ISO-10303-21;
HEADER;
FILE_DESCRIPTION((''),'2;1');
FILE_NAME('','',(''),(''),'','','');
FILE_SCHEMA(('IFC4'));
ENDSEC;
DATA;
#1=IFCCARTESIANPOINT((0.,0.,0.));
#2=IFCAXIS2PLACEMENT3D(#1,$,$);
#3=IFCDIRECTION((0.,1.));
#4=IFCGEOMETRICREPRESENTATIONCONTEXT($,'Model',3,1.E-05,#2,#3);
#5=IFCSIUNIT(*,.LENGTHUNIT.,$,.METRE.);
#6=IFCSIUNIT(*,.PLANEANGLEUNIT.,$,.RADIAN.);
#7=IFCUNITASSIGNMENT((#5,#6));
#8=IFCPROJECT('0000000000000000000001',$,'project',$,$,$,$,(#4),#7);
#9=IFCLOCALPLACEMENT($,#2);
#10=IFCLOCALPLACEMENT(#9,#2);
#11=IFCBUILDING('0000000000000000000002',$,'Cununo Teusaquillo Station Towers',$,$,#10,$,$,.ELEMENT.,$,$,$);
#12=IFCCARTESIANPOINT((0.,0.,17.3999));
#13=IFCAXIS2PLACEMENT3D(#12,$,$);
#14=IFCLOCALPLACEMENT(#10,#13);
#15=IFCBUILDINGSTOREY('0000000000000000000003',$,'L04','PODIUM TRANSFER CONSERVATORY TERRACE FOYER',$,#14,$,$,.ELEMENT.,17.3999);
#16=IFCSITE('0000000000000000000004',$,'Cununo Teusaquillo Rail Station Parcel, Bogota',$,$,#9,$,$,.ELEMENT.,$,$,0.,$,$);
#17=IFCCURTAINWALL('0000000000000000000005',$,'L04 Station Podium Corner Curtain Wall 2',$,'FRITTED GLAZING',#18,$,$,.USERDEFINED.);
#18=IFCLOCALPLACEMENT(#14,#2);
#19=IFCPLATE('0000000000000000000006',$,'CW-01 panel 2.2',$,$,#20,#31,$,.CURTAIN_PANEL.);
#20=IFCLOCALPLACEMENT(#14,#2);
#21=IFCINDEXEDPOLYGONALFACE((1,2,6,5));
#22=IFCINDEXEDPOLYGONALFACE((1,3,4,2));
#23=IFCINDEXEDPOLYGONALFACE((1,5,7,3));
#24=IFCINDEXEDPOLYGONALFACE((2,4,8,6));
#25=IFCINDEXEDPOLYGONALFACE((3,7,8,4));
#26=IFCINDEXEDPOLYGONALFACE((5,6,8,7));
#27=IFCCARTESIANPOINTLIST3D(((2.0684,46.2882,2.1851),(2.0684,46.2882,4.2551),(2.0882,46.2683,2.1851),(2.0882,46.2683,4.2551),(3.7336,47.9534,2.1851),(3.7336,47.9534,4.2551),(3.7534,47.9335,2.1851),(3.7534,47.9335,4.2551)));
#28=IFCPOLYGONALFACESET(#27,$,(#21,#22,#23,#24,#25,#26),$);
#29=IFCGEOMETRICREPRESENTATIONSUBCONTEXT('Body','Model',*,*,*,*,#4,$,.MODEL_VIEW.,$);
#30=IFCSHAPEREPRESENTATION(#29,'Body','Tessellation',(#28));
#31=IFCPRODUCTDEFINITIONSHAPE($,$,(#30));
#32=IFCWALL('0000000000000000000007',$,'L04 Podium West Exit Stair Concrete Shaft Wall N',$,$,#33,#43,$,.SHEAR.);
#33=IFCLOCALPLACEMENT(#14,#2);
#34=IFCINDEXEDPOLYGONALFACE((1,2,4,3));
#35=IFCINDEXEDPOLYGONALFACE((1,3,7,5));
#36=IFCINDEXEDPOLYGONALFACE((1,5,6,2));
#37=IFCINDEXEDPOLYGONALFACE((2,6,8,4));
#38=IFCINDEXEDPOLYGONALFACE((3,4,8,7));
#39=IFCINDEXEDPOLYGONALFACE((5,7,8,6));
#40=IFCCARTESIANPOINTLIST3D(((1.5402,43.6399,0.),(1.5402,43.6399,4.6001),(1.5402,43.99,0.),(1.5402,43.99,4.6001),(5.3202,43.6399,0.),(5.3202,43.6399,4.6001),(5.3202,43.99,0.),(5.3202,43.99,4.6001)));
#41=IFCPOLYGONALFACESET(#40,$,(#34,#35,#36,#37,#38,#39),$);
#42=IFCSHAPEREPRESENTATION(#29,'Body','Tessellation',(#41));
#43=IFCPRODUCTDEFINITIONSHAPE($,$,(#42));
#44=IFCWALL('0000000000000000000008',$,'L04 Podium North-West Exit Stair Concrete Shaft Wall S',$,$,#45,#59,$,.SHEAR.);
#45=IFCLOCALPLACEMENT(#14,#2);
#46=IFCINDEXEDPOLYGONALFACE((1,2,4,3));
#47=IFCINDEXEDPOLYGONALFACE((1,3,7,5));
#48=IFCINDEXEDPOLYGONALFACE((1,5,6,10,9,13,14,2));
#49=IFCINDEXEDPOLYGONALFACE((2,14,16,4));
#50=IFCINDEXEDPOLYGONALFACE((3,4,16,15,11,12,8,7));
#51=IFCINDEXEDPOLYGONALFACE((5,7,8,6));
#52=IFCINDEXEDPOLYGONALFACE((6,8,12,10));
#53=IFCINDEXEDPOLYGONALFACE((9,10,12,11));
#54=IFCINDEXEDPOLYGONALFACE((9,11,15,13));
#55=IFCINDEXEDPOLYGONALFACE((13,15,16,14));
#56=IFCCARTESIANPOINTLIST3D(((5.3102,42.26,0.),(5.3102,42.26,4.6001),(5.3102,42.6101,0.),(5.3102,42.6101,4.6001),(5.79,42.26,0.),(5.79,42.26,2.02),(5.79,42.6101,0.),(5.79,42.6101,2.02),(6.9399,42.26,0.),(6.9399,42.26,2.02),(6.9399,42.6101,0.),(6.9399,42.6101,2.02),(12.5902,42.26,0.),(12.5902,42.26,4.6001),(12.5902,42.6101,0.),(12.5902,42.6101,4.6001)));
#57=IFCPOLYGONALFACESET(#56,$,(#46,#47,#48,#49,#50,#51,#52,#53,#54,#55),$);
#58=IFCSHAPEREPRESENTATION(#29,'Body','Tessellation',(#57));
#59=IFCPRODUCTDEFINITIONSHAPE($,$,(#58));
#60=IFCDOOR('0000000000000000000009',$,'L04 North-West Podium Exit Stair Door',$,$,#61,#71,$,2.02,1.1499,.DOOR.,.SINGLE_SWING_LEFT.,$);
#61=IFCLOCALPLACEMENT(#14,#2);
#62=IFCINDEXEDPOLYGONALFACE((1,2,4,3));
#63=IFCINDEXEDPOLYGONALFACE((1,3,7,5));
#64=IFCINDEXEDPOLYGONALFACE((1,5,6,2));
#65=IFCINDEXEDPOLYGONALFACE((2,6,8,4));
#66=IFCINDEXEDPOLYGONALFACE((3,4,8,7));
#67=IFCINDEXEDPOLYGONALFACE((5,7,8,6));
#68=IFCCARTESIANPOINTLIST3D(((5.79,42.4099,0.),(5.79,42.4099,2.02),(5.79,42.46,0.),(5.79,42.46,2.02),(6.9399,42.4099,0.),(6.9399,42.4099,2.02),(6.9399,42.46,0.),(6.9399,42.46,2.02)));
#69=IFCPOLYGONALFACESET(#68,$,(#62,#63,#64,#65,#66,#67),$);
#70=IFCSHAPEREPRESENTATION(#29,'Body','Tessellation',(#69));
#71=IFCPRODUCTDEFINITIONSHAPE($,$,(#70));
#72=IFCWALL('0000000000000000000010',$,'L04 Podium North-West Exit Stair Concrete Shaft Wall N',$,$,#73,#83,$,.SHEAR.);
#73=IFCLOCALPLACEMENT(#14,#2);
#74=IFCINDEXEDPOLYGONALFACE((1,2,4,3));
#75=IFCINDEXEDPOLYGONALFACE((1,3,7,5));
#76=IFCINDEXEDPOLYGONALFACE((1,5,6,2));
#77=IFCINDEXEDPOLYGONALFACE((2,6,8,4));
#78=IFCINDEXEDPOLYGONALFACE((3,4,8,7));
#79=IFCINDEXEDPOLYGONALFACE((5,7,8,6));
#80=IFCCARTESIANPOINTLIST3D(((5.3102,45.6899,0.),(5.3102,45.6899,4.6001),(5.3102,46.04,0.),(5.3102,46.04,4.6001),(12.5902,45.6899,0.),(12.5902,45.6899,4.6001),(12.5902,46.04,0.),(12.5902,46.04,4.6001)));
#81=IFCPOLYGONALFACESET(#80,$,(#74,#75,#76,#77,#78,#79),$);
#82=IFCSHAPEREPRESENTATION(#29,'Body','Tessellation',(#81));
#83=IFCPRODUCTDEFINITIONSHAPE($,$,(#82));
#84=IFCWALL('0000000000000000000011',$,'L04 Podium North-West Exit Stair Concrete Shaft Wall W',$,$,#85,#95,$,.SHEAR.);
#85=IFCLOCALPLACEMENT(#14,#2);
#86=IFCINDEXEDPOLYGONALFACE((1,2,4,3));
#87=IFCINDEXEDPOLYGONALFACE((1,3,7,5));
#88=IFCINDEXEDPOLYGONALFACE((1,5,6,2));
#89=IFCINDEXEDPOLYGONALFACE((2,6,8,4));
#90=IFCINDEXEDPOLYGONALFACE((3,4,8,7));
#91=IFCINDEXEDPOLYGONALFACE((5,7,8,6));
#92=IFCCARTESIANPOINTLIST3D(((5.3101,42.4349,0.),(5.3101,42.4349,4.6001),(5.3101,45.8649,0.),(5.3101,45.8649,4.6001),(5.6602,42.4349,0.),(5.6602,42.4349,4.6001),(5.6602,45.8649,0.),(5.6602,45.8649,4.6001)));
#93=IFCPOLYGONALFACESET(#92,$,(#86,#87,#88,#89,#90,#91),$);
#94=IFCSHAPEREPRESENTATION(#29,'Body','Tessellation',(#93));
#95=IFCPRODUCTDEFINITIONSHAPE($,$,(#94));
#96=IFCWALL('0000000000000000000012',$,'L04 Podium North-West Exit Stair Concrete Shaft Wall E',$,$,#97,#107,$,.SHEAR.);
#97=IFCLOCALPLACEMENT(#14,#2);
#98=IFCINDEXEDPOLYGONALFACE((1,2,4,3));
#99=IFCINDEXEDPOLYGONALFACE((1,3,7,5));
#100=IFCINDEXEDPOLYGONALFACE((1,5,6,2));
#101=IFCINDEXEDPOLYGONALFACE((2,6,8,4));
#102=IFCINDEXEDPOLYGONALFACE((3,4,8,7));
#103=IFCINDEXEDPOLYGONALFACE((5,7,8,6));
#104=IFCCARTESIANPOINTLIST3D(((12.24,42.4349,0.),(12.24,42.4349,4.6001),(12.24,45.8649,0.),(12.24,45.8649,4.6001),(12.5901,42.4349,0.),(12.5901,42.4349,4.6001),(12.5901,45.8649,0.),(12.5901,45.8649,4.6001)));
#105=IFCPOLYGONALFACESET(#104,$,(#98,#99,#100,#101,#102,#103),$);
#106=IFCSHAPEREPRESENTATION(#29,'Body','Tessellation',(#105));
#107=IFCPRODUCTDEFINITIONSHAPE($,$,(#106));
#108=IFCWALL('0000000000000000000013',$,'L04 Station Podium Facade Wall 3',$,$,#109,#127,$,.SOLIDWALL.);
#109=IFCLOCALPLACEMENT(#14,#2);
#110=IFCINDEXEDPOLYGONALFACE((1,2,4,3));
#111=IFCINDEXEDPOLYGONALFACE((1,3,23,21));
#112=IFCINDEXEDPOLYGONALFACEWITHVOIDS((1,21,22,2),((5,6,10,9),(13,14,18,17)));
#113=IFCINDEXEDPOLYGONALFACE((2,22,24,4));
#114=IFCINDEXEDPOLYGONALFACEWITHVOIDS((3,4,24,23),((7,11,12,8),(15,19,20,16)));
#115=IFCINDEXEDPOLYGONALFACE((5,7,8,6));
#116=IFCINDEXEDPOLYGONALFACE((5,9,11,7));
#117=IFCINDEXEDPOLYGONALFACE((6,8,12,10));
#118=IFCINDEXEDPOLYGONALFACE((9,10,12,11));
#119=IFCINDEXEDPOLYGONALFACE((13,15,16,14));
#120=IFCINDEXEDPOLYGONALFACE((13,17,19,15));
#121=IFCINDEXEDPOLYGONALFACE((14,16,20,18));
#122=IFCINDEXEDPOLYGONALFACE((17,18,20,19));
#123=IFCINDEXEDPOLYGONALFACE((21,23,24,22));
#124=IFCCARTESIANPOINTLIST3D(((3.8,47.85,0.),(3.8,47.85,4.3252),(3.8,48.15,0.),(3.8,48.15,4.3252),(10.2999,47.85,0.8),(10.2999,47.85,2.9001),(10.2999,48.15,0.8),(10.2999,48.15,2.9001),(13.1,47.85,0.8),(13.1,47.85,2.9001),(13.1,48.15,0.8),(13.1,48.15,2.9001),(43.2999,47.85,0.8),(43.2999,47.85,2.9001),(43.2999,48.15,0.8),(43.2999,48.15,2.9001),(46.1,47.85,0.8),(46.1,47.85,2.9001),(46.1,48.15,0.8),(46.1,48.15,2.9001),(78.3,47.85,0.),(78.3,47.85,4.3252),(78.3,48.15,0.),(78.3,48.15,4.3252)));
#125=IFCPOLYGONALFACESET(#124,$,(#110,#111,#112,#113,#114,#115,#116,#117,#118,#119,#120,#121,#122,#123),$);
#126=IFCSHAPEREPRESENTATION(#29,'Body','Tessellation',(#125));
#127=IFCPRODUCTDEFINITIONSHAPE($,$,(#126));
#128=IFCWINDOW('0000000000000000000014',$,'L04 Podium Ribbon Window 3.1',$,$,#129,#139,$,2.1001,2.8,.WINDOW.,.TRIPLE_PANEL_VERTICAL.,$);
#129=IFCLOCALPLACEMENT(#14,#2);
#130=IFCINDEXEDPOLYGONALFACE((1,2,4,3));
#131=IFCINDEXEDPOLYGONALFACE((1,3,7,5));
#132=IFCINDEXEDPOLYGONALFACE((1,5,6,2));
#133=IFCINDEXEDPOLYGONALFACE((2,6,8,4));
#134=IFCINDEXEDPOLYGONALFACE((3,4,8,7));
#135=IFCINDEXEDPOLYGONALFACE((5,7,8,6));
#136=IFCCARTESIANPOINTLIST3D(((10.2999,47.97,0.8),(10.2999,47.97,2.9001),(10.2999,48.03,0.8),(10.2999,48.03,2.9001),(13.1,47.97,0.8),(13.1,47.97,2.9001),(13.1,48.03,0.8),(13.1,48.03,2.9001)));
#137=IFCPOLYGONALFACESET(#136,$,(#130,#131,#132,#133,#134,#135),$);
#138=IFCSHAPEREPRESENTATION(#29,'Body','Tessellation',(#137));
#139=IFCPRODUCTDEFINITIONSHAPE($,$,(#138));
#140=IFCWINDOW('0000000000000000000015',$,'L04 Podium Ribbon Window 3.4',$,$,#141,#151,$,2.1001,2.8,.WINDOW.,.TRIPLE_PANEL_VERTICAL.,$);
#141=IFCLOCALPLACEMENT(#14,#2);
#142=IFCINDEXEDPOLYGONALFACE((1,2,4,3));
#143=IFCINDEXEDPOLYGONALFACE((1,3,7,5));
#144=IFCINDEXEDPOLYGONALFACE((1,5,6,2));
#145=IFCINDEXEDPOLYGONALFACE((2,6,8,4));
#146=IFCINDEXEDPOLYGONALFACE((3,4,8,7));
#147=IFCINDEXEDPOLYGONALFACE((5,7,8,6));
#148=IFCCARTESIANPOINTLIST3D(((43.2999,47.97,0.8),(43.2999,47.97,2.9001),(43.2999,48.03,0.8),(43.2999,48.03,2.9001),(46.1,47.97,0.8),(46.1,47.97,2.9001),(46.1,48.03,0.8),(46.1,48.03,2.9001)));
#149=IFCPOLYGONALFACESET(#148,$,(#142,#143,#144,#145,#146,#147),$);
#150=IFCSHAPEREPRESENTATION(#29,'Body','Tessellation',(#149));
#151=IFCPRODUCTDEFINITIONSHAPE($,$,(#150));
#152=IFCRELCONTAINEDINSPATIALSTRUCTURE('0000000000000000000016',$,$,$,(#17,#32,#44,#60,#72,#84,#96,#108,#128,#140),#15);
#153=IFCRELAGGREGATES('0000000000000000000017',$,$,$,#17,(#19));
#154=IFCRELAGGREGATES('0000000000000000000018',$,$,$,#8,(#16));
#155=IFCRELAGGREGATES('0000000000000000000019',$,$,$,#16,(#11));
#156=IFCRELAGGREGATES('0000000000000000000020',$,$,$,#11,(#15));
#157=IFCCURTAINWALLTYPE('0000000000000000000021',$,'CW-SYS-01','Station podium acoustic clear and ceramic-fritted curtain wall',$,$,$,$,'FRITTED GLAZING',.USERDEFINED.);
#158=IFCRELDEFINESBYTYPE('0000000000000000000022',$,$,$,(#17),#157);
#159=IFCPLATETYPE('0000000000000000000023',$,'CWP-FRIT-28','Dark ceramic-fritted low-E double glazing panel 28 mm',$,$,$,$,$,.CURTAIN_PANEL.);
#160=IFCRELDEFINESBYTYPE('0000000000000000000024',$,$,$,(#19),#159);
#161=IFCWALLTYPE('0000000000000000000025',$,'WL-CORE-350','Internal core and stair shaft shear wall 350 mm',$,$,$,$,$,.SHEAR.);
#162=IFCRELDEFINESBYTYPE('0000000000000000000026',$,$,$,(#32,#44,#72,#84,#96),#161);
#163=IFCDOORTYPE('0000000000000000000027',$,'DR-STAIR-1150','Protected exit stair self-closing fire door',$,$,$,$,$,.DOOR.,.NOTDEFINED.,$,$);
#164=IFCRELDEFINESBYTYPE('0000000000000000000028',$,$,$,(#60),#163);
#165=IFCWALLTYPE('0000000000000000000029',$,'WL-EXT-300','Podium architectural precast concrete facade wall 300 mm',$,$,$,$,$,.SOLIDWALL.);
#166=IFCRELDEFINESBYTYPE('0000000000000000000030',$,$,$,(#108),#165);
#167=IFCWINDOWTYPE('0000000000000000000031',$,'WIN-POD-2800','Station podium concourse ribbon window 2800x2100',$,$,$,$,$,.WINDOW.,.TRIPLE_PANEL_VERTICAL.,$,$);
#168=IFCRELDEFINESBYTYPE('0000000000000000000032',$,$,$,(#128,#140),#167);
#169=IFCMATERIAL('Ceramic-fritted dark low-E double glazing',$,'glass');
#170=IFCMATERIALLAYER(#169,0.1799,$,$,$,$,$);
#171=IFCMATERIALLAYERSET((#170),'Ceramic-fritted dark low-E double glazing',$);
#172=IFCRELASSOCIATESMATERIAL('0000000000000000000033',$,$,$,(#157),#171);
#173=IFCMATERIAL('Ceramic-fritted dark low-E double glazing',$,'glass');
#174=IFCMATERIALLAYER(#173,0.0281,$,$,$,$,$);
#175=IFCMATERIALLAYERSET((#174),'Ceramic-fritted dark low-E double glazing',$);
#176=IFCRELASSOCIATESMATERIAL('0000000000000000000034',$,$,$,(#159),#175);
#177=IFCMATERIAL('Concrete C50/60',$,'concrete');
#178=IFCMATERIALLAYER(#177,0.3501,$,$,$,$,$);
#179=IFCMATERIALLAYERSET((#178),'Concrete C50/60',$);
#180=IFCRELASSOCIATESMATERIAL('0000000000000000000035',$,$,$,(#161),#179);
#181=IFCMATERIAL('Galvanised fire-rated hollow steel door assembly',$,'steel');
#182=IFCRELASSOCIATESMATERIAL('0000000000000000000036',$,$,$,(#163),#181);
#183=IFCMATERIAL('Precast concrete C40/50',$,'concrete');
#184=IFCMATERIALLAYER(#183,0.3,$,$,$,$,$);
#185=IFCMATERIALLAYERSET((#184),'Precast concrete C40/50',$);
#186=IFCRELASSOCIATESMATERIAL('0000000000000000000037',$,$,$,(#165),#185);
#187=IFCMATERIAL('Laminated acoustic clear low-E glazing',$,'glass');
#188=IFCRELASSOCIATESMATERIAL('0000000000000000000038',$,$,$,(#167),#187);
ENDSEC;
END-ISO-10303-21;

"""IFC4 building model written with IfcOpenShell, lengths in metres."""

from ifc_helpers import new_model, si_unit, direction, frame, frame_2d, origin, origin_2d, place, context, subcontext, project, spatial, rectangle, extrude, source, transform, mapped, material, layer, layer_set, type_object, element, fill, aggregate, save


model = new_model("IFC4")

# Units and contexts
model_context = context("Model", 3, precision=1e-05, world=origin(), true_north=direction((0.0, 1.0)))
body_context = subcontext(model_context, "Body", "Model", "MODEL_VIEW")
ifc_project = project(units=[si_unit("LENGTHUNIT", "METRE"), si_unit("PLANEANGLEUNIT", "RADIAN")], contexts=[model_context])

# Site, building, storey
site_placement = place(None, origin())
site = spatial("IfcSite", under=ifc_project, at=site_placement, Name="Cununo Teusaquillo Rail Station Parcel, Bogota", CompositionType="ELEMENT", RefElevation=0.0)
building_placement = place(site_placement, origin())
building = spatial("IfcBuilding", under=site, at=building_placement, Name="Cununo Teusaquillo Station Towers", CompositionType="ELEMENT")
storey_placement = place(building_placement, frame((0.0, 0.0, 17.3999)))
storey = spatial("IfcBuildingStorey", under=building, at=storey_placement, Name="L04", Description="PODIUM TRANSFER CONSERVATORY TERRACE FOYER", CompositionType="ELEMENT", Elevation=17.3999)

# Curtain wall
ifc_material_1 = material(Name="Ceramic-fritted dark low-E double glazing", Category="glass")
ifc_layer_1 = layer(ifc_material_1, 0.1799)
ifc_layer_set_1 = layer_set([ifc_layer_1], Name="Ceramic-fritted dark low-E double glazing")
curtain_wall_type = type_object("IfcCurtainWallType", Name="CW-SYS-01", Description="Station podium acoustic clear and ceramic-fritted curtain wall", ElementType="FRITTED GLAZING", PredefinedType="USERDEFINED", material=ifc_layer_set_1)
curtain_wall_placement = place(storey_placement, origin())
curtain_wall = element("IfcCurtainWall", 1, at=curtain_wall_placement, inside=storey, type_object=curtain_wall_type, Name="L04 Station Podium Corner Curtain Wall 2", ObjectType="FRITTED GLAZING", PredefinedType="USERDEFINED")

# Plate
ifc_material_2 = material(Name="Ceramic-fritted dark low-E double glazing", Category="glass")
ifc_layer_2 = layer(ifc_material_2, 0.0281)
ifc_layer_set_2 = layer_set([ifc_layer_2], Name="Ceramic-fritted dark low-E double glazing")
plate_type_1 = type_object("IfcPlateType", Name="CWP-FRIT-28", Description="Dark ceramic-fritted low-E double glazing panel 28 mm", PredefinedType="CURTAIN_PANEL", material=ifc_layer_set_2)
shared_shape_1 = source(origin(), body_context, "Body", "SweptSolid", [
    extrude(rectangle(XDim=2.355, YDim=0.0281, at=origin_2d()), origin(), (0.0, 0.0, 1.0), 2.0701),
])
plate_1_placement = place(storey_placement, frame((2.9109, 47.1108, 2.1851), z_axis=(0.0, 0.0, 1.0), x_axis=(0.707107, 0.707107, 0.0)))
plate_1 = element("IfcPlate", 2, at=plate_1_placement, type_object=plate_type_1, Name="CW-01 panel 2.2", PredefinedType="CURTAIN_PANEL", context=body_context, shape_type="MappedRepresentation", body=[
    mapped(shared_shape_1, transform((0.0, 0.0, 0.0), x_axis=(1.0, 0.0, 0.0), y_axis=(0.0, 1.0, 0.0), z_axis=(0.0, 0.0, 1.0), scale=1.0)),
])
aggregate(curtain_wall, [plate_1])

# Wall
ifc_material_3 = material(Name="Concrete C50/60", Category="concrete")
ifc_layer_3 = layer(ifc_material_3, 0.3501)
ifc_layer_set_3 = layer_set([ifc_layer_3], Name="Concrete C50/60")
wall_type_1 = type_object("IfcWallType", Name="WL-CORE-350", Description="Internal core and stair shaft shear wall 350 mm", PredefinedType="SHEAR", material=ifc_layer_set_3)
wall_1_placement = place(storey_placement, frame((1.54, 43.8149, 0.0), z_axis=(0.0, 0.0, 1.0), x_axis=(1.0, 0.0, 0.0)))
element("IfcWall", 3, at=wall_1_placement, inside=storey, type_object=wall_type_1, Name="L04 Podium West Exit Stair Concrete Shaft Wall N", PredefinedType="SHEAR", context=body_context, shape_type="SweptSolid", body=[
    extrude(rectangle(XDim=3.78, YDim=0.3501, at=frame_2d((1.8901, 0.0))), origin(), (0.0, 0.0, 1.0), 4.6001),
])

# Wall, opening, door
wall_2_placement = place(storey_placement, frame((5.3101, 42.4351, 0.0), z_axis=(0.0, 0.0, 1.0), x_axis=(1.0, 0.0, 0.0)))
wall_2 = element("IfcWall", 4, at=wall_2_placement, inside=storey, type_object=wall_type_1, Name="L04 Podium North-West Exit Stair Concrete Shaft Wall S", PredefinedType="SHEAR", context=body_context, shape_type="SweptSolid", body=[
    extrude(rectangle(XDim=7.28, YDim=0.3501, at=frame_2d((3.6401, 0.0))), origin(), (0.0, 0.0, 1.0), 4.6001),
])
shared_shape_2 = source(origin(), body_context, "Body", "SweptSolid", [
    extrude(rectangle(XDim=1.1499, YDim=2.02, at=frame_2d((0.575, 1.01))), frame((0.0, 0.1851, 0.0), z_axis=(0.0, -1.0, 0.0), x_axis=(1.0, 0.0, 0.0)), (0.0, 0.0, 1.0), 0.3701),
])
opening_1_placement = place(wall_2_placement, frame((0.48, 0.0, 0.0)))
opening_1 = element("IfcOpeningElement", 5, at=opening_1_placement, cuts=wall_2, PredefinedType="OPENING", context=body_context, shape_type="MappedRepresentation", body=[
    mapped(shared_shape_2, transform((0.0, 0.0, 0.0), x_axis=(1.0, 0.0, 0.0), y_axis=(0.0, 1.0, 0.0), z_axis=(0.0, 0.0, 1.0), scale=1.0)),
])
ifc_material_4 = material(Name="Galvanised fire-rated hollow steel door assembly", Category="steel")
door_type = type_object("IfcDoorType", Name="DR-STAIR-1150", Description="Protected exit stair self-closing fire door", OperationType="NOTDEFINED", PredefinedType="DOOR", material=ifc_material_4)
shared_shape_3 = source(origin(), body_context, "Body", "SweptSolid", [
    extrude(rectangle(XDim=1.1499, YDim=2.02, at=frame_2d((0.575, 1.01))), frame((0.0, 0.0249, 0.0), z_axis=(0.0, -1.0, 0.0), x_axis=(1.0, 0.0, 0.0)), (0.0, 0.0, 1.0), 0.05),
])
door_placement = place(opening_1_placement, origin())
door = element("IfcDoor", 6, at=door_placement, inside=storey, type_object=door_type, Name="L04 North-West Podium Exit Stair Door", OperationType="SINGLE_SWING_LEFT", OverallHeight=2.02, OverallWidth=1.1499, PredefinedType="DOOR", context=body_context, shape_type="MappedRepresentation", body=[
    mapped(shared_shape_3, transform((0.0, 0.0, 0.0), x_axis=(1.0, 0.0, 0.0), y_axis=(0.0, 1.0, 0.0), z_axis=(0.0, 0.0, 1.0), scale=1.0)),
])
fill(opening_1, door)

# Walls
wall_3_placement = place(storey_placement, frame((5.3101, 45.865, 0.0), z_axis=(0.0, 0.0, 1.0), x_axis=(1.0, 0.0, 0.0)))
element("IfcWall", 7, at=wall_3_placement, inside=storey, type_object=wall_type_1, Name="L04 Podium North-West Exit Stair Concrete Shaft Wall N", PredefinedType="SHEAR", context=body_context, shape_type="SweptSolid", body=[
    extrude(rectangle(XDim=7.28, YDim=0.3501, at=frame_2d((3.6401, 0.0))), origin(), (0.0, 0.0, 1.0), 4.6001),
])
for number, where, z_axis, x_axis, name in (
    (8, (5.4851, 42.4351, 0.0), (0.0, 0.0, 1.0), (0.0, 1.0, 0.0), "L04 Podium North-West Exit Stair Concrete Shaft Wall W"),
    (9, (12.415, 42.4351, 0.0), (0.0, 0.0, 1.0), (0.0, 1.0, 0.0), "L04 Podium North-West Exit Stair Concrete Shaft Wall E"),
):
    element("IfcWall", number, at=place(storey_placement, frame(where, z_axis=z_axis, x_axis=x_axis)), inside=storey, type_object=wall_type_1, Name=name, PredefinedType="SHEAR", context=body_context, shape_type="SweptSolid", body=[
        extrude(rectangle(XDim=3.4299, YDim=0.3501, at=frame_2d((1.7148, 0.0))), origin(), (0.0, 0.0, 1.0), 4.6001),
    ])

# Wall, openings, windows
ifc_material_5 = material(Name="Precast concrete C40/50", Category="concrete")
ifc_layer_4 = layer(ifc_material_5, 0.3)
ifc_layer_set_4 = layer_set([ifc_layer_4], Name="Precast concrete C40/50")
wall_type_2 = type_object("IfcWallType", Name="WL-EXT-300", Description="Podium architectural precast concrete facade wall 300 mm", PredefinedType="SOLIDWALL", material=ifc_layer_set_4)
wall_4_placement = place(storey_placement, frame((3.8, 48.0, 0.0), z_axis=(0.0, 0.0, 1.0), x_axis=(1.0, 0.0, 0.0)))
wall_4 = element("IfcWall", 10, at=wall_4_placement, inside=storey, type_object=wall_type_2, Name="L04 Station Podium Facade Wall 3", PredefinedType="SOLIDWALL", context=body_context, shape_type="SweptSolid", body=[
    extrude(rectangle(XDim=74.5, YDim=0.3, at=frame_2d((37.25, 0.0))), origin(), (0.0, 0.0, 1.0), 4.3252),
])
shared_shape_4 = source(origin(), body_context, "Body", "SweptSolid", [
    extrude(rectangle(XDim=2.8, YDim=2.1001, at=frame_2d((1.3999, 1.05))), frame((0.0, 0.1599, 0.0), z_axis=(0.0, -1.0, 0.0), x_axis=(1.0, 0.0, 0.0)), (0.0, 0.0, 1.0), 0.3201),
])
opening_2_placement = place(wall_4_placement, frame((6.5, 0.0, 0.8)))
opening_2 = element("IfcOpeningElement", 11, at=opening_2_placement, cuts=wall_4, PredefinedType="OPENING", context=body_context, shape_type="MappedRepresentation", body=[
    mapped(shared_shape_4, transform((0.0, 0.0, 0.0), x_axis=(1.0, 0.0, 0.0), y_axis=(0.0, 1.0, 0.0), z_axis=(0.0, 0.0, 1.0), scale=1.0)),
])
opening_3_placement = place(wall_4_placement, frame((39.5, 0.0, 0.8)))
opening_3 = element("IfcOpeningElement", 12, at=opening_3_placement, cuts=wall_4, PredefinedType="OPENING", context=body_context, shape_type="MappedRepresentation", body=[
    mapped(shared_shape_4, transform((0.0, 0.0, 0.0), x_axis=(1.0, 0.0, 0.0), y_axis=(0.0, 1.0, 0.0), z_axis=(0.0, 0.0, 1.0), scale=1.0)),
])
ifc_material_6 = material(Name="Laminated acoustic clear low-E glazing", Category="glass")
window_type = type_object("IfcWindowType", Name="WIN-POD-2800", Description="Station podium concourse ribbon window 2800x2100", PartitioningType="TRIPLE_PANEL_VERTICAL", PredefinedType="WINDOW", material=ifc_material_6)
shared_shape_5 = source(origin(), body_context, "Body", "SweptSolid", [
    extrude(rectangle(XDim=2.8, YDim=2.1001, at=frame_2d((1.3999, 1.05))), frame((0.0, 0.03, 0.0), z_axis=(0.0, -1.0, 0.0), x_axis=(1.0, 0.0, 0.0)), (0.0, 0.0, 1.0), 0.0601),
])
window_1_placement = place(opening_2_placement, origin())
window_1 = element("IfcWindow", 13, at=window_1_placement, inside=storey, type_object=window_type, Name="L04 Podium Ribbon Window 3.1", OverallHeight=2.1001, OverallWidth=2.8, PartitioningType="TRIPLE_PANEL_VERTICAL", PredefinedType="WINDOW", context=body_context, shape_type="MappedRepresentation", body=[
    mapped(shared_shape_5, transform((0.0, 0.0, 0.0), x_axis=(1.0, 0.0, 0.0), y_axis=(0.0, 1.0, 0.0), z_axis=(0.0, 0.0, 1.0), scale=1.0)),
])
fill(opening_2, window_1)
window_2_placement = place(opening_3_placement, origin())
window_2 = element("IfcWindow", 14, at=window_2_placement, inside=storey, type_object=window_type, Name="L04 Podium Ribbon Window 3.4", OverallHeight=2.1001, OverallWidth=2.8, PartitioningType="TRIPLE_PANEL_VERTICAL", PredefinedType="WINDOW", context=body_context, shape_type="MappedRepresentation", body=[
    mapped(shared_shape_5, transform((0.0, 0.0, 0.0), x_axis=(1.0, 0.0, 0.0), y_axis=(0.0, 1.0, 0.0), z_axis=(0.0, 0.0, 1.0), scale=1.0)),
])
fill(opening_3, window_2)

save(model, "model.ifc")
